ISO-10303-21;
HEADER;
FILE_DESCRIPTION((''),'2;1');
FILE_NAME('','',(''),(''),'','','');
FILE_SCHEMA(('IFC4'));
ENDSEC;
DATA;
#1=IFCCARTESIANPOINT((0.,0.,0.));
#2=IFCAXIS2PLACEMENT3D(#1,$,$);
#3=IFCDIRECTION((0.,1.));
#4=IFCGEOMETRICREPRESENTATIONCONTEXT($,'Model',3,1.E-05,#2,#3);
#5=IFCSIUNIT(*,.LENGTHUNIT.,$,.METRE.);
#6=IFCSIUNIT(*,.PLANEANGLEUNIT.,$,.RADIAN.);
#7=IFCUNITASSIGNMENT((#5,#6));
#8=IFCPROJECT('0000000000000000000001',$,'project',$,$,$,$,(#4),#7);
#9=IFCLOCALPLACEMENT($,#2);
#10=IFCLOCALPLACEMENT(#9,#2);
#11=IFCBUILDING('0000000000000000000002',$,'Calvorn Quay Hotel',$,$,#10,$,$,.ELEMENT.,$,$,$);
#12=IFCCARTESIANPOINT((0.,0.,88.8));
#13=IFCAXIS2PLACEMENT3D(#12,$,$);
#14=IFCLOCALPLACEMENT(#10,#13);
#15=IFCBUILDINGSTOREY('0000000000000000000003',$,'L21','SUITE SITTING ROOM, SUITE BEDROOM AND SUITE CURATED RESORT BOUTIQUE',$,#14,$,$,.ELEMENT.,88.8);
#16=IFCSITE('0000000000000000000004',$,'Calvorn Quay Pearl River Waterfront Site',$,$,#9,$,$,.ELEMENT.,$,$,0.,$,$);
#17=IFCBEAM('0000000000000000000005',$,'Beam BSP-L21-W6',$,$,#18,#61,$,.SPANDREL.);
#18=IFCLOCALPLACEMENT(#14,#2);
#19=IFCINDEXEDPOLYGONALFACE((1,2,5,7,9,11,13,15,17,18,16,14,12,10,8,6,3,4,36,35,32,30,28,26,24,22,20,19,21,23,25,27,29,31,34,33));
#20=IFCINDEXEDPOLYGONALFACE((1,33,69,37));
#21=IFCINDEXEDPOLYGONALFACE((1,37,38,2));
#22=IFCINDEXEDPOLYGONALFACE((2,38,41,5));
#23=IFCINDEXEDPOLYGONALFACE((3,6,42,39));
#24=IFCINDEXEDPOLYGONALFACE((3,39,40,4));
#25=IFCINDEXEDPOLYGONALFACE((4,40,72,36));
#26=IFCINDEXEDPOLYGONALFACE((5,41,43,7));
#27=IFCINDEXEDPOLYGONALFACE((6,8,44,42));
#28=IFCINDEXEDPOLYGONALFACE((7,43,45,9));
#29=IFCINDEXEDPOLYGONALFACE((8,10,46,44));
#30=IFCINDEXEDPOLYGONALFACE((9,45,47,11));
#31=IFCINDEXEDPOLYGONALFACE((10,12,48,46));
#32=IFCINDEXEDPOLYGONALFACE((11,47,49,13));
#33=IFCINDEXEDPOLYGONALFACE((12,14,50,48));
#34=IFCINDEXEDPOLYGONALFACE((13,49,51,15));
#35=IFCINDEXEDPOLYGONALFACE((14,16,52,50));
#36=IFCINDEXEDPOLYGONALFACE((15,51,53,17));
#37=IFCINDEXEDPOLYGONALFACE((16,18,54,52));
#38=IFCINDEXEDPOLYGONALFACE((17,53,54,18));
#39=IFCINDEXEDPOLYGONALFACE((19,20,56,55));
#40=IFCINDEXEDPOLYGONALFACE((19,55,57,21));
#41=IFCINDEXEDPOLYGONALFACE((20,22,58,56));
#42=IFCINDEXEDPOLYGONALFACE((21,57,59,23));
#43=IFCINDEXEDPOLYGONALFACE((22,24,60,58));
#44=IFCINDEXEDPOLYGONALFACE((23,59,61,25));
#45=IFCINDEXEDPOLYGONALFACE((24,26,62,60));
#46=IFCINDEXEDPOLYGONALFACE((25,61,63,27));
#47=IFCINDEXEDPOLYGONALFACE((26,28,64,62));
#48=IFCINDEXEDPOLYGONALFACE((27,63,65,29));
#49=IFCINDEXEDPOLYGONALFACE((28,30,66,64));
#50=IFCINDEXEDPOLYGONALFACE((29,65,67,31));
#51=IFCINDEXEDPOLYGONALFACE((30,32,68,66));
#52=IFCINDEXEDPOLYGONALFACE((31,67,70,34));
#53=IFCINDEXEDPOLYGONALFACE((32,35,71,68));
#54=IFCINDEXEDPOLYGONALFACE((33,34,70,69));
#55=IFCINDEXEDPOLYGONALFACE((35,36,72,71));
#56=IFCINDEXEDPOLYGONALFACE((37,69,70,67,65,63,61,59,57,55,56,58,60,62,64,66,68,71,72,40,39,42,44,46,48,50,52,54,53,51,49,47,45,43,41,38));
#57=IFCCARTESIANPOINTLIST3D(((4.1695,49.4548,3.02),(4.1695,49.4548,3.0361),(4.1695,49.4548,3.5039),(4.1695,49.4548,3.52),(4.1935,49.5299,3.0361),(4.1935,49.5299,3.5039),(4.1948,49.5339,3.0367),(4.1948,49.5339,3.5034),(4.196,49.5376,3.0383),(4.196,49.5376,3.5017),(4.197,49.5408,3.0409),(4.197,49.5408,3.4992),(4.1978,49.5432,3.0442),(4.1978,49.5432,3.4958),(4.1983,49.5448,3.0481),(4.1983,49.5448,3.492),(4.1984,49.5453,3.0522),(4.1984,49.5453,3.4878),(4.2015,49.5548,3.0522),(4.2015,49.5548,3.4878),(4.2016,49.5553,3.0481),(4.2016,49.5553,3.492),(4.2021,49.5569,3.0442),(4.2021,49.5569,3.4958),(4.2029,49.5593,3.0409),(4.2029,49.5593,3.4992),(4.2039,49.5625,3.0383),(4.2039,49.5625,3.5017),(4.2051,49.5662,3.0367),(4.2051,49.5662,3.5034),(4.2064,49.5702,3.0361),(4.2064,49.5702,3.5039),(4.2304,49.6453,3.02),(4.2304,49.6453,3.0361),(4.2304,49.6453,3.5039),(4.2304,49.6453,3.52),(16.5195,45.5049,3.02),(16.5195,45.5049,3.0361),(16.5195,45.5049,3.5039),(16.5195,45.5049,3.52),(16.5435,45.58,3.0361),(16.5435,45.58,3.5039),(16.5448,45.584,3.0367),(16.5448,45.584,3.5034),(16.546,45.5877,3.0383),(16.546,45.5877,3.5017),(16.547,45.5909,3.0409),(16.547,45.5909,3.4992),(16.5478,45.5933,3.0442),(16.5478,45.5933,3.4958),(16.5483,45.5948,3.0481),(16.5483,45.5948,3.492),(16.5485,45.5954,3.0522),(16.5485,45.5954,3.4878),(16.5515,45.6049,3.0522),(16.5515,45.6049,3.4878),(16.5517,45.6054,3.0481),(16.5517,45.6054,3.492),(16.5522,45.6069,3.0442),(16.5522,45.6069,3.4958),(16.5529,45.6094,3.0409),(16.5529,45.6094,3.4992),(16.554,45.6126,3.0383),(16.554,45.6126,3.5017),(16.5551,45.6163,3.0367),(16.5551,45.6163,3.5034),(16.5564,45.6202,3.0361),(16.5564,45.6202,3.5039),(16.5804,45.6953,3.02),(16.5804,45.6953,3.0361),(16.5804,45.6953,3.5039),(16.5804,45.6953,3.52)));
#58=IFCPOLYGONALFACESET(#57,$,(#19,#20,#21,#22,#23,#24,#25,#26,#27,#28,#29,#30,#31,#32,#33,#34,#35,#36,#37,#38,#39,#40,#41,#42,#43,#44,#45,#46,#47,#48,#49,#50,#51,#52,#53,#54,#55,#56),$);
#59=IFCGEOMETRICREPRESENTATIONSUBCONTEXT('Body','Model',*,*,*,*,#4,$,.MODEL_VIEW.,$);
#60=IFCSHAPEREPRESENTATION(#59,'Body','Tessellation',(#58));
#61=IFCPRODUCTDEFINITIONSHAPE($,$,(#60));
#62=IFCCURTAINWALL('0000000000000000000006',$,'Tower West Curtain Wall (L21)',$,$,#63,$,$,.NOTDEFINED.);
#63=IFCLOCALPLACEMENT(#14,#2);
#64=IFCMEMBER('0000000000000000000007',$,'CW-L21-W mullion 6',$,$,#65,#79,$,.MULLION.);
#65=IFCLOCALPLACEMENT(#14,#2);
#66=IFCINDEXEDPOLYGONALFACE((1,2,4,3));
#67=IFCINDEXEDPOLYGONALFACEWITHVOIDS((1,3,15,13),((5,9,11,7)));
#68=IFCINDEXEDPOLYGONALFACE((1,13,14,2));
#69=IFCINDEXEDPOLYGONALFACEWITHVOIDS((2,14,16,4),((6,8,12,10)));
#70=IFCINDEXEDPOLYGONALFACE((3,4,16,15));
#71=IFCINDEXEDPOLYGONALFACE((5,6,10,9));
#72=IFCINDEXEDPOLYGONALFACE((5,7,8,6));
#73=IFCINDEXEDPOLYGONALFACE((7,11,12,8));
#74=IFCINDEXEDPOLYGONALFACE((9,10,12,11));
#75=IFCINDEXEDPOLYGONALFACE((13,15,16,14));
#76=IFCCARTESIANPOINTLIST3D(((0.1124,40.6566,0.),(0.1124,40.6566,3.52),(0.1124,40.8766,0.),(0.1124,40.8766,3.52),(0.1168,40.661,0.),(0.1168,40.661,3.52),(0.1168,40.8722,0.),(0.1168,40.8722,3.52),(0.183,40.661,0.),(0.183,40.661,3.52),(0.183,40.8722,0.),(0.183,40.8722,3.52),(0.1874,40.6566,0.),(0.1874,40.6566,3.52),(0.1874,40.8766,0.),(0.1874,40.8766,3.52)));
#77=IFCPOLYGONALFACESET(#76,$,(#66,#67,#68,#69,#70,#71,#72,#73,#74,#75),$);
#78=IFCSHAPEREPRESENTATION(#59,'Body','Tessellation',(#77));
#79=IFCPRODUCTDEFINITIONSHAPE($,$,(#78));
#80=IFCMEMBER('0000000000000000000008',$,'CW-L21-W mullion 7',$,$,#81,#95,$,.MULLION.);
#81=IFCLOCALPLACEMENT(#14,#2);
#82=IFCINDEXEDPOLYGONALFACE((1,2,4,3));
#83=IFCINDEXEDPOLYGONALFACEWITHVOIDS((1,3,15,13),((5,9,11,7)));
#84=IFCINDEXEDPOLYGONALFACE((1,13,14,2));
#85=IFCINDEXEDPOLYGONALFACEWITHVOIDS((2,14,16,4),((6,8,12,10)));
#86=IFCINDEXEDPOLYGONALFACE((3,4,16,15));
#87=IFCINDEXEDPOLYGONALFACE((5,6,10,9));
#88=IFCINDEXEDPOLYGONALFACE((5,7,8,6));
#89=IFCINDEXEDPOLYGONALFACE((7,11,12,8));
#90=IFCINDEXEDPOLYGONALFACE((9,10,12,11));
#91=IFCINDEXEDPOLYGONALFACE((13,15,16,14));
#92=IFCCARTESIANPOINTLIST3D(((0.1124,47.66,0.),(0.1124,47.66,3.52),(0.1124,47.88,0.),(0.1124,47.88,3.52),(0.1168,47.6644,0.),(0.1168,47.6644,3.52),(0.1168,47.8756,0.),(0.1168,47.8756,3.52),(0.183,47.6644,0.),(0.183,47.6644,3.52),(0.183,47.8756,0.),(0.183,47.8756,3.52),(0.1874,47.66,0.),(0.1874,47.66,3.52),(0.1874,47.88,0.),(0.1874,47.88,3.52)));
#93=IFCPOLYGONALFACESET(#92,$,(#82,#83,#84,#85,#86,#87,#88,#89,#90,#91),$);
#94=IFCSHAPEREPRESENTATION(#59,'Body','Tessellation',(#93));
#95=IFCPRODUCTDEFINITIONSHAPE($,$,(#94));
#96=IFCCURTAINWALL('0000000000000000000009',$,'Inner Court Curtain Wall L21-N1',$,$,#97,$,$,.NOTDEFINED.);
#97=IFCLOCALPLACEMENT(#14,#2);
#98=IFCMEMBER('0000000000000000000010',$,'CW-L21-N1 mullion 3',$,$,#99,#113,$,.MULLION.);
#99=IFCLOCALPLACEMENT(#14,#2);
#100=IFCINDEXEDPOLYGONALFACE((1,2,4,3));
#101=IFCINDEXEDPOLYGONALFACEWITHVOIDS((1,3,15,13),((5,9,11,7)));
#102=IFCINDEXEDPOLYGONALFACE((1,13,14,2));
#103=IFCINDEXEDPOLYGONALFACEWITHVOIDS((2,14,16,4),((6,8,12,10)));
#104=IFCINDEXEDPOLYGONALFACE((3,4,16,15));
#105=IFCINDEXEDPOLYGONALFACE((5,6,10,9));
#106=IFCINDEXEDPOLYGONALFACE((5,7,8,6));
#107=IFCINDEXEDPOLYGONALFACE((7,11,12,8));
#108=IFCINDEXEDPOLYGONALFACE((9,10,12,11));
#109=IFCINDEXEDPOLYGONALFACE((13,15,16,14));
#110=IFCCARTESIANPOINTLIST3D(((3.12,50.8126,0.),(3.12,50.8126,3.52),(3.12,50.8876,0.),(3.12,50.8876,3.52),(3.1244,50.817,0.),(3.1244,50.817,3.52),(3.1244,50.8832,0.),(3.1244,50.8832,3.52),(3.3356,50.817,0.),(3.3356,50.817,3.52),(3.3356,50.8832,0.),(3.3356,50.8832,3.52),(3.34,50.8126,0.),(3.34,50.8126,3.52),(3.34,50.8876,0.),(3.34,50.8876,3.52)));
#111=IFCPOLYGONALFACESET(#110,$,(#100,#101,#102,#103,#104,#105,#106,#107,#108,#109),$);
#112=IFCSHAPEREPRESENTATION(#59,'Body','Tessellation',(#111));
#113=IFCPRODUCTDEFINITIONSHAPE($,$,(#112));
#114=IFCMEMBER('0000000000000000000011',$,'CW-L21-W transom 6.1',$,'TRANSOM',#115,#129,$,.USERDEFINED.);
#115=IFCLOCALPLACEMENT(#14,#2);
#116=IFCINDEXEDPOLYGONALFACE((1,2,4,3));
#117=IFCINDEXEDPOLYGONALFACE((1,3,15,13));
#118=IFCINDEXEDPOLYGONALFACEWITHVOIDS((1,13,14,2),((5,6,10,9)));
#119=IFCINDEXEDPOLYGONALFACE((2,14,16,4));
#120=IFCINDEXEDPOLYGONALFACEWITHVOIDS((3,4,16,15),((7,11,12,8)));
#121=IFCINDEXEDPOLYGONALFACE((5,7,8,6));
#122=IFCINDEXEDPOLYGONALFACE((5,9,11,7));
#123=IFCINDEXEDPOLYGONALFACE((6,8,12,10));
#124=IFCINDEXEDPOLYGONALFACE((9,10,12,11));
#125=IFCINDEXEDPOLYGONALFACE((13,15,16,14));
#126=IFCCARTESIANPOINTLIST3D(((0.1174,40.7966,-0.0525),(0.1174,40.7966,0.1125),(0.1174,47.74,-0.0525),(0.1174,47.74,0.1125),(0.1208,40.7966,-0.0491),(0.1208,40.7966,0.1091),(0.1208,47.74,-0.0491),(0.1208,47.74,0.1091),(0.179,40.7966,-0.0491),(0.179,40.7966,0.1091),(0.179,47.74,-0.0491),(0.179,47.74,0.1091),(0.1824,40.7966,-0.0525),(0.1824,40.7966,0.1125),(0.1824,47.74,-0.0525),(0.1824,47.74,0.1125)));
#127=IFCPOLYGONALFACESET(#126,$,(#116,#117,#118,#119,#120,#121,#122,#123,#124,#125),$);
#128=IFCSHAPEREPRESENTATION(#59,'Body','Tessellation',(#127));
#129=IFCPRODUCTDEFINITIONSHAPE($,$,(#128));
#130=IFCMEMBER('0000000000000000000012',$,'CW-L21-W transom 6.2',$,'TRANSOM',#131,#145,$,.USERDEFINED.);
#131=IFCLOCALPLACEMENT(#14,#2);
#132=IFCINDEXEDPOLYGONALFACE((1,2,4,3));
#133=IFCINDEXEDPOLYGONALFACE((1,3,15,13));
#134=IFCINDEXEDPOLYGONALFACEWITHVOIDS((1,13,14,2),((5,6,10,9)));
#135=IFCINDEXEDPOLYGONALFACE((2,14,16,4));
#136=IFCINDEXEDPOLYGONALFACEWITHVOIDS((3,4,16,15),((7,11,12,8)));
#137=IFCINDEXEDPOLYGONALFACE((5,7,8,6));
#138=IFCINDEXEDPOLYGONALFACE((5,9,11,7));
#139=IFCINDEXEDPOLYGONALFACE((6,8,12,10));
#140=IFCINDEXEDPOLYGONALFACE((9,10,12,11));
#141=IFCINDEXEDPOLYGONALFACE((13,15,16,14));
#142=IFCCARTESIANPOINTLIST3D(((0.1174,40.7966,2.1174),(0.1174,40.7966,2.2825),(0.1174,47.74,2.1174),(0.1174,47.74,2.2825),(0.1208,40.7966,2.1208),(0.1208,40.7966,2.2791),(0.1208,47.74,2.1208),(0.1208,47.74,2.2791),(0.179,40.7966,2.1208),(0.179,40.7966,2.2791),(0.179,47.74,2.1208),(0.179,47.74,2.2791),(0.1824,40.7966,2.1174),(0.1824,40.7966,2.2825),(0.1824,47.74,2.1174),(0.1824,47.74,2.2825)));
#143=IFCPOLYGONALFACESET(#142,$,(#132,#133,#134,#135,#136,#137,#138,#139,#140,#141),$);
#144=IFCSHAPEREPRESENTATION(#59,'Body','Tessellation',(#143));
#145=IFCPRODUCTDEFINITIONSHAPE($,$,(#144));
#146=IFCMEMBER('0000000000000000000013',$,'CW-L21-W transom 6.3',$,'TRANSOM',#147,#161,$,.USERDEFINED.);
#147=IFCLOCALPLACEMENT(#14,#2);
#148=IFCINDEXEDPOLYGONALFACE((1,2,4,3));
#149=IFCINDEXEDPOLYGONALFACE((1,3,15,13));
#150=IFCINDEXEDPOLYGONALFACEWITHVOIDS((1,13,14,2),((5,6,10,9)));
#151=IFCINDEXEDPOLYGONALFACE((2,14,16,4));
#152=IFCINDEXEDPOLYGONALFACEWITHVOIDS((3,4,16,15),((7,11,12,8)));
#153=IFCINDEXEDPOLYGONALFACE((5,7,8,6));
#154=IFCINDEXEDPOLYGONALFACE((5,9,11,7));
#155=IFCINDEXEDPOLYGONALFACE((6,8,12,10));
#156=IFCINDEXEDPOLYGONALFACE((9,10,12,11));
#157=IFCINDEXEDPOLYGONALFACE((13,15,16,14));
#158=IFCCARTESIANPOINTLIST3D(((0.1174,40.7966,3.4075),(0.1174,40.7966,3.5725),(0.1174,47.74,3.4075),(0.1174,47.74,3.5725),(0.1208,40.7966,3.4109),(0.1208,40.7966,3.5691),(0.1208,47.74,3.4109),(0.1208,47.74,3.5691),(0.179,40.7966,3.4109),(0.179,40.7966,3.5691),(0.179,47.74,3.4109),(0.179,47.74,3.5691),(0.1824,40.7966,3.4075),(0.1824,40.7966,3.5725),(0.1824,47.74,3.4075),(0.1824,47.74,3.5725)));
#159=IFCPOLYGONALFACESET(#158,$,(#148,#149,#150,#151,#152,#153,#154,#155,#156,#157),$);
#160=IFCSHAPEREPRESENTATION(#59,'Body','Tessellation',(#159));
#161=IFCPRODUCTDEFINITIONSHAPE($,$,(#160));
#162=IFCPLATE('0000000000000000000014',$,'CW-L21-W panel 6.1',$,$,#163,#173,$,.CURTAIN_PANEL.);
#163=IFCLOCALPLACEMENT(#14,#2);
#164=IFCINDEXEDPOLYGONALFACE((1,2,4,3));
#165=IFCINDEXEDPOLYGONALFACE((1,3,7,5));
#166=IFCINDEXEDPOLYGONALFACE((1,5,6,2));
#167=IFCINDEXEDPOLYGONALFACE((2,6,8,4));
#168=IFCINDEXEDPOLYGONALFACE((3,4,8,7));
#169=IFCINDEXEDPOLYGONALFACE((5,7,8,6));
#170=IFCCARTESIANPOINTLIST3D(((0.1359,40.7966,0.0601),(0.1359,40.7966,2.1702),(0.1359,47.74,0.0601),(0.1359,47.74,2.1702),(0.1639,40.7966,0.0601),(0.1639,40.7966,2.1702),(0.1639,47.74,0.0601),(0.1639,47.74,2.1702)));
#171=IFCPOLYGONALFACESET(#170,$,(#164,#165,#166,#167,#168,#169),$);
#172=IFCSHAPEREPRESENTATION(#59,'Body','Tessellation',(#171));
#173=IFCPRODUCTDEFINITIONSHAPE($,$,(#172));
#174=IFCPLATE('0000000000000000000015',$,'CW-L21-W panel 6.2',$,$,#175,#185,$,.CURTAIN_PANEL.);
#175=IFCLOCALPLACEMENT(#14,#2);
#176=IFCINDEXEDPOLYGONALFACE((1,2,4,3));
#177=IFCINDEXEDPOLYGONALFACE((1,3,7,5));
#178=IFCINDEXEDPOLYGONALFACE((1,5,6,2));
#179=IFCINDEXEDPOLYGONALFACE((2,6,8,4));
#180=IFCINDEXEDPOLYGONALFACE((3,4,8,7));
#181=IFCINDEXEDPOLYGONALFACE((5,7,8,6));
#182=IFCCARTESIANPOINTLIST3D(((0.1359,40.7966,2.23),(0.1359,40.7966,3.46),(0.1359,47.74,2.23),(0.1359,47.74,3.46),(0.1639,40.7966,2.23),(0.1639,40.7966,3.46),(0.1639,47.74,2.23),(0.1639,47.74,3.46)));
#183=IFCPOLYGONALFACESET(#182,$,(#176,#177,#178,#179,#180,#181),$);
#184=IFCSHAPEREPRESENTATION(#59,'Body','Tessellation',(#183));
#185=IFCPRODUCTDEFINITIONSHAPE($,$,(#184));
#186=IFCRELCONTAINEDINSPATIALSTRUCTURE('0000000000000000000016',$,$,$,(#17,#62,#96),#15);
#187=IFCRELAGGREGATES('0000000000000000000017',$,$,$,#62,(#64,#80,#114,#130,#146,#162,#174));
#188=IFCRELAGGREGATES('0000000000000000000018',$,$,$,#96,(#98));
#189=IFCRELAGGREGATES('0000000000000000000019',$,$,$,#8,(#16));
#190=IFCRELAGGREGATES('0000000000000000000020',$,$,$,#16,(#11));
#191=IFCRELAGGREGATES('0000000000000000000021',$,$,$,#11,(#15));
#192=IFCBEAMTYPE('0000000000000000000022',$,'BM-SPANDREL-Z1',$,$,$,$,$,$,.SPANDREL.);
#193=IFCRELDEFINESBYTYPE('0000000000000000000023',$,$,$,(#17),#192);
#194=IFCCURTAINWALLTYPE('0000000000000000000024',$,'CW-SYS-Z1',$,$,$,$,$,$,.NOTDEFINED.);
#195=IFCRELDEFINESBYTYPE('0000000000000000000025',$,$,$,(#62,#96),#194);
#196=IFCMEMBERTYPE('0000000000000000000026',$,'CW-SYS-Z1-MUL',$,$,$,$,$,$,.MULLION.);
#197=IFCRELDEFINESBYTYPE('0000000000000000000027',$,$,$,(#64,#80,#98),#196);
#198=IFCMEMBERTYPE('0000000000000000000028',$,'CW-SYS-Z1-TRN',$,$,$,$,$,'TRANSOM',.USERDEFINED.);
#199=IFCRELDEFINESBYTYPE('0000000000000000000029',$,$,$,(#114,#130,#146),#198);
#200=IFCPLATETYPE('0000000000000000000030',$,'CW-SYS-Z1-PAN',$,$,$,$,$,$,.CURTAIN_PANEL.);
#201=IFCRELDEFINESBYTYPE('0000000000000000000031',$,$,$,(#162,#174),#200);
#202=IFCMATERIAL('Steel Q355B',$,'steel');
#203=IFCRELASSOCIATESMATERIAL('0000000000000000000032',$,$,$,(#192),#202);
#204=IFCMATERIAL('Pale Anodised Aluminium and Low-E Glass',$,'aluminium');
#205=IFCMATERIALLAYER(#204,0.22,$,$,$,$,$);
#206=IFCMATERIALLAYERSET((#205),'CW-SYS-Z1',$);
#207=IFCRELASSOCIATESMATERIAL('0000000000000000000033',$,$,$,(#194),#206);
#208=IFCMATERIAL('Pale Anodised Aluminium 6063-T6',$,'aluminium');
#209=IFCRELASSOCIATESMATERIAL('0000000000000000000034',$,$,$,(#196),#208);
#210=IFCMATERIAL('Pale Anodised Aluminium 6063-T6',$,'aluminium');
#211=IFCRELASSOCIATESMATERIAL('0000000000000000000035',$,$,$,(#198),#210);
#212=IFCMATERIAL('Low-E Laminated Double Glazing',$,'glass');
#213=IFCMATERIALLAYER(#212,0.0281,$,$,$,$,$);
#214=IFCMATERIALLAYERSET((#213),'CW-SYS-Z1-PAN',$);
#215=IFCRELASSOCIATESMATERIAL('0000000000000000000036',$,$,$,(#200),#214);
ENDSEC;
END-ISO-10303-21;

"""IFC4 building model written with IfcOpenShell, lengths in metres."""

from ifc_helpers import new_model, si_unit, direction, frame, origin, origin_2d, place, context, subcontext, project, spatial, rectangle, hollow_rectangle, i_section, extrude, material, layer, layer_set, material_profile, profile_set, type_object, element, aggregate, save


model = new_model("IFC4")

# Units and contexts
model_context = context("Model", 3, precision=1e-05, world=origin(), true_north=direction((0.0, 1.0)))
body_context = subcontext(model_context, "Body", "Model", "MODEL_VIEW")
ifc_project = project(units=[si_unit("LENGTHUNIT", "METRE"), si_unit("PLANEANGLEUNIT", "RADIAN")], contexts=[model_context])

# Site, building, storey
site_placement = place(None, origin())
site = spatial("IfcSite", under=ifc_project, at=site_placement, Name="Calvorn Quay Pearl River Waterfront Site", CompositionType="ELEMENT", RefElevation=0.0)
building_placement = place(site_placement, origin())
building = spatial("IfcBuilding", under=site, at=building_placement, Name="Calvorn Quay Hotel", CompositionType="ELEMENT")
storey_placement = place(building_placement, frame((0.0, 0.0, 88.8)))
storey = spatial("IfcBuildingStorey", under=building, at=storey_placement, Name="L21", Description="SUITE SITTING ROOM, SUITE BEDROOM AND SUITE CURATED RESORT BOUTIQUE", CompositionType="ELEMENT", Elevation=88.8)

# Beam
ifc_material_1 = material(Name="Steel Q355B", Category="steel")
ifc_material_profile_1 = material_profile(ifc_material_1, i_section(OverallWidth=0.2, OverallDepth=0.5, WebThickness=0.01, FlangeThickness=0.0161, FilletRadius=0.0161, at=origin_2d()), Name="HN500x200x10x16")
ifc_profile_set_1 = profile_set([ifc_material_profile_1], Name="Steel Q355B")
beam_type_1 = type_object("IfcBeamType", Name="BM-SPANDREL-Z1", PredefinedType="SPANDREL", material=ifc_profile_set_1)
beam_1_placement = place(storey_placement, frame((4.2, 49.55, 3.27), z_axis=(0.952471, -0.30463, 0.0), x_axis=(0.30463, 0.952471, 0.0)))
element("IfcBeam", 1, at=beam_1_placement, inside=storey, type_object=beam_type_1, Name="Beam BSP-L21-W6", PredefinedType="SPANDREL", context=body_context, shape_type="SweptSolid", body=[
    extrude(i_section(OverallWidth=0.2, OverallDepth=0.5, WebThickness=0.01, FlangeThickness=0.0161, FilletRadius=0.0161, at=origin_2d()), origin(), (0.0, 0.0, 1.0), 12.9663),
])

# Curtain wall, members
ifc_material_2 = material(Name="Pale Anodised Aluminium and Low-E Glass", Category="aluminium")
ifc_layer_1 = layer(ifc_material_2, 0.22)
ifc_layer_set_1 = layer_set([ifc_layer_1], Name="CW-SYS-Z1")
curtain_wall_type = type_object("IfcCurtainWallType", Name="CW-SYS-Z1", PredefinedType="NOTDEFINED", material=ifc_layer_set_1)
curtain_wall_1_placement = place(storey_placement, origin())
curtain_wall_1 = element("IfcCurtainWall", 2, at=curtain_wall_1_placement, inside=storey, type_object=curtain_wall_type, Name="Tower West Curtain Wall (L21)", PredefinedType="NOTDEFINED")
ifc_material_3 = material(Name="Pale Anodised Aluminium 6063-T6", Category="aluminium")
ifc_material_profile_2 = material_profile(ifc_material_3, hollow_rectangle(XDim=0.075, YDim=0.22, WallThickness=0.0044, at=origin_2d()), Name="ALU-M220x75x4.5")
ifc_profile_set_2 = profile_set([ifc_material_profile_2], Name="Pale Anodised Aluminium 6063-T6")
member_type_1 = type_object("IfcMemberType", Name="CW-SYS-Z1-MUL", PredefinedType="MULLION", material=ifc_profile_set_2)
member_1_placement = place(storey_placement, frame((0.1499, 40.7666, 0.0), z_axis=(0.0, 0.0, 1.0), x_axis=(-1.0, 0.0, 0.0)))
member_1 = element("IfcMember", 3, at=member_1_placement, type_object=member_type_1, Name="CW-L21-W mullion 6", PredefinedType="MULLION", context=body_context, shape_type="SweptSolid", body=[
    extrude(hollow_rectangle(XDim=0.075, YDim=0.22, WallThickness=0.0044, at=origin_2d()), origin(), (0.0, 0.0, 1.0), 3.52),
])
member_2_placement = place(storey_placement, frame((0.1499, 47.77, 0.0), z_axis=(0.0, 0.0, 1.0), x_axis=(-1.0, 0.0, 0.0)))
member_2 = element("IfcMember", 4, at=member_2_placement, type_object=member_type_1, Name="CW-L21-W mullion 7", PredefinedType="MULLION", context=body_context, shape_type="SweptSolid", body=[
    extrude(hollow_rectangle(XDim=0.075, YDim=0.22, WallThickness=0.0044, at=origin_2d()), origin(), (0.0, 0.0, 1.0), 3.52),
])

# Curtain wall, member
curtain_wall_2_placement = place(storey_placement, origin())
curtain_wall_2 = element("IfcCurtainWall", 5, at=curtain_wall_2_placement, inside=storey, type_object=curtain_wall_type, Name="Inner Court Curtain Wall L21-N1", PredefinedType="NOTDEFINED")
member_3_placement = place(storey_placement, frame((3.23, 50.8501, 0.0), z_axis=(0.0, 0.0, 1.0), x_axis=(0.0, -1.0, 0.0)))
member_3 = element("IfcMember", 6, at=member_3_placement, type_object=member_type_1, Name="CW-L21-N1 mullion 3", PredefinedType="MULLION", context=body_context, shape_type="SweptSolid", body=[
    extrude(hollow_rectangle(XDim=0.075, YDim=0.22, WallThickness=0.0044, at=origin_2d()), origin(), (0.0, 0.0, 1.0), 3.52),
])

# Members
ifc_material_4 = material(Name="Pale Anodised Aluminium 6063-T6", Category="aluminium")
ifc_material_profile_3 = material_profile(ifc_material_4, hollow_rectangle(XDim=0.0649, YDim=0.165, WallThickness=0.0034, at=origin_2d()), Name="ALU-T165x65x3.5")
ifc_profile_set_3 = profile_set([ifc_material_profile_3], Name="Pale Anodised Aluminium 6063-T6")
member_type_2 = type_object("IfcMemberType", Name="CW-SYS-Z1-TRN", ElementType="TRANSOM", PredefinedType="USERDEFINED", material=ifc_profile_set_3)
member_4_placement = place(storey_placement, frame((0.1499, 40.7966, 0.03), z_axis=(0.0, 1.0, 0.0), x_axis=(-1.0, 0.0, 0.0)))
member_4 = element("IfcMember", 7, at=member_4_placement, type_object=member_type_2, Name="CW-L21-W transom 6.1", ObjectType="TRANSOM", PredefinedType="USERDEFINED", context=body_context, shape_type="SweptSolid", body=[
    extrude(hollow_rectangle(XDim=0.0649, YDim=0.165, WallThickness=0.0034, at=origin_2d()), origin(), (0.0, 0.0, 1.0), 6.9434),
])
member_5_placement = place(storey_placement, frame((0.1499, 40.7966, 2.2), z_axis=(0.0, 1.0, 0.0), x_axis=(-1.0, 0.0, 0.0)))
member_5 = element("IfcMember", 8, at=member_5_placement, type_object=member_type_2, Name="CW-L21-W transom 6.2", ObjectType="TRANSOM", PredefinedType="USERDEFINED", context=body_context, shape_type="SweptSolid", body=[
    extrude(hollow_rectangle(XDim=0.0649, YDim=0.165, WallThickness=0.0034, at=origin_2d()), origin(), (0.0, 0.0, 1.0), 6.9434),
])
member_6_placement = place(storey_placement, frame((0.1499, 40.7966, 3.49), z_axis=(0.0, 1.0, 0.0), x_axis=(-1.0, 0.0, 0.0)))
member_6 = element("IfcMember", 9, at=member_6_placement, type_object=member_type_2, Name="CW-L21-W transom 6.3", ObjectType="TRANSOM", PredefinedType="USERDEFINED", context=body_context, shape_type="SweptSolid", body=[
    extrude(hollow_rectangle(XDim=0.0649, YDim=0.165, WallThickness=0.0034, at=origin_2d()), origin(), (0.0, 0.0, 1.0), 6.9434),
])

# Plates
ifc_material_5 = material(Name="Low-E Laminated Double Glazing", Category="glass")
ifc_layer_2 = layer(ifc_material_5, 0.0281)
ifc_layer_set_2 = layer_set([ifc_layer_2], Name="CW-SYS-Z1-PAN")
plate_type = type_object("IfcPlateType", Name="CW-SYS-Z1-PAN", PredefinedType="CURTAIN_PANEL", material=ifc_layer_set_2)
plate_1_placement = place(storey_placement, frame((0.1499, 44.2683, 0.0601), z_axis=(0.0, 0.0, 1.0), x_axis=(0.0, 1.0, 0.0)))
plate_1 = element("IfcPlate", 10, at=plate_1_placement, type_object=plate_type, Name="CW-L21-W panel 6.1", PredefinedType="CURTAIN_PANEL", context=body_context, shape_type="SweptSolid", body=[
    extrude(rectangle(XDim=6.9434, YDim=0.0281, at=origin_2d()), origin(), (0.0, 0.0, 1.0), 2.1101),
])
plate_2_placement = place(storey_placement, frame((0.1499, 44.2683, 2.23), z_axis=(0.0, 0.0, 1.0), x_axis=(0.0, 1.0, 0.0)))
plate_2 = element("IfcPlate", 11, at=plate_2_placement, type_object=plate_type, Name="CW-L21-W panel 6.2", PredefinedType="CURTAIN_PANEL", context=body_context, shape_type="SweptSolid", body=[
    extrude(rectangle(XDim=6.9434, YDim=0.0281, at=origin_2d()), origin(), (0.0, 0.0, 1.0), 1.23),
])
aggregate(curtain_wall_1, [member_1, member_2, member_4, member_5, member_6, plate_1, plate_2])
aggregate(curtain_wall_2, [member_3])

save(model, "model.ifc")
